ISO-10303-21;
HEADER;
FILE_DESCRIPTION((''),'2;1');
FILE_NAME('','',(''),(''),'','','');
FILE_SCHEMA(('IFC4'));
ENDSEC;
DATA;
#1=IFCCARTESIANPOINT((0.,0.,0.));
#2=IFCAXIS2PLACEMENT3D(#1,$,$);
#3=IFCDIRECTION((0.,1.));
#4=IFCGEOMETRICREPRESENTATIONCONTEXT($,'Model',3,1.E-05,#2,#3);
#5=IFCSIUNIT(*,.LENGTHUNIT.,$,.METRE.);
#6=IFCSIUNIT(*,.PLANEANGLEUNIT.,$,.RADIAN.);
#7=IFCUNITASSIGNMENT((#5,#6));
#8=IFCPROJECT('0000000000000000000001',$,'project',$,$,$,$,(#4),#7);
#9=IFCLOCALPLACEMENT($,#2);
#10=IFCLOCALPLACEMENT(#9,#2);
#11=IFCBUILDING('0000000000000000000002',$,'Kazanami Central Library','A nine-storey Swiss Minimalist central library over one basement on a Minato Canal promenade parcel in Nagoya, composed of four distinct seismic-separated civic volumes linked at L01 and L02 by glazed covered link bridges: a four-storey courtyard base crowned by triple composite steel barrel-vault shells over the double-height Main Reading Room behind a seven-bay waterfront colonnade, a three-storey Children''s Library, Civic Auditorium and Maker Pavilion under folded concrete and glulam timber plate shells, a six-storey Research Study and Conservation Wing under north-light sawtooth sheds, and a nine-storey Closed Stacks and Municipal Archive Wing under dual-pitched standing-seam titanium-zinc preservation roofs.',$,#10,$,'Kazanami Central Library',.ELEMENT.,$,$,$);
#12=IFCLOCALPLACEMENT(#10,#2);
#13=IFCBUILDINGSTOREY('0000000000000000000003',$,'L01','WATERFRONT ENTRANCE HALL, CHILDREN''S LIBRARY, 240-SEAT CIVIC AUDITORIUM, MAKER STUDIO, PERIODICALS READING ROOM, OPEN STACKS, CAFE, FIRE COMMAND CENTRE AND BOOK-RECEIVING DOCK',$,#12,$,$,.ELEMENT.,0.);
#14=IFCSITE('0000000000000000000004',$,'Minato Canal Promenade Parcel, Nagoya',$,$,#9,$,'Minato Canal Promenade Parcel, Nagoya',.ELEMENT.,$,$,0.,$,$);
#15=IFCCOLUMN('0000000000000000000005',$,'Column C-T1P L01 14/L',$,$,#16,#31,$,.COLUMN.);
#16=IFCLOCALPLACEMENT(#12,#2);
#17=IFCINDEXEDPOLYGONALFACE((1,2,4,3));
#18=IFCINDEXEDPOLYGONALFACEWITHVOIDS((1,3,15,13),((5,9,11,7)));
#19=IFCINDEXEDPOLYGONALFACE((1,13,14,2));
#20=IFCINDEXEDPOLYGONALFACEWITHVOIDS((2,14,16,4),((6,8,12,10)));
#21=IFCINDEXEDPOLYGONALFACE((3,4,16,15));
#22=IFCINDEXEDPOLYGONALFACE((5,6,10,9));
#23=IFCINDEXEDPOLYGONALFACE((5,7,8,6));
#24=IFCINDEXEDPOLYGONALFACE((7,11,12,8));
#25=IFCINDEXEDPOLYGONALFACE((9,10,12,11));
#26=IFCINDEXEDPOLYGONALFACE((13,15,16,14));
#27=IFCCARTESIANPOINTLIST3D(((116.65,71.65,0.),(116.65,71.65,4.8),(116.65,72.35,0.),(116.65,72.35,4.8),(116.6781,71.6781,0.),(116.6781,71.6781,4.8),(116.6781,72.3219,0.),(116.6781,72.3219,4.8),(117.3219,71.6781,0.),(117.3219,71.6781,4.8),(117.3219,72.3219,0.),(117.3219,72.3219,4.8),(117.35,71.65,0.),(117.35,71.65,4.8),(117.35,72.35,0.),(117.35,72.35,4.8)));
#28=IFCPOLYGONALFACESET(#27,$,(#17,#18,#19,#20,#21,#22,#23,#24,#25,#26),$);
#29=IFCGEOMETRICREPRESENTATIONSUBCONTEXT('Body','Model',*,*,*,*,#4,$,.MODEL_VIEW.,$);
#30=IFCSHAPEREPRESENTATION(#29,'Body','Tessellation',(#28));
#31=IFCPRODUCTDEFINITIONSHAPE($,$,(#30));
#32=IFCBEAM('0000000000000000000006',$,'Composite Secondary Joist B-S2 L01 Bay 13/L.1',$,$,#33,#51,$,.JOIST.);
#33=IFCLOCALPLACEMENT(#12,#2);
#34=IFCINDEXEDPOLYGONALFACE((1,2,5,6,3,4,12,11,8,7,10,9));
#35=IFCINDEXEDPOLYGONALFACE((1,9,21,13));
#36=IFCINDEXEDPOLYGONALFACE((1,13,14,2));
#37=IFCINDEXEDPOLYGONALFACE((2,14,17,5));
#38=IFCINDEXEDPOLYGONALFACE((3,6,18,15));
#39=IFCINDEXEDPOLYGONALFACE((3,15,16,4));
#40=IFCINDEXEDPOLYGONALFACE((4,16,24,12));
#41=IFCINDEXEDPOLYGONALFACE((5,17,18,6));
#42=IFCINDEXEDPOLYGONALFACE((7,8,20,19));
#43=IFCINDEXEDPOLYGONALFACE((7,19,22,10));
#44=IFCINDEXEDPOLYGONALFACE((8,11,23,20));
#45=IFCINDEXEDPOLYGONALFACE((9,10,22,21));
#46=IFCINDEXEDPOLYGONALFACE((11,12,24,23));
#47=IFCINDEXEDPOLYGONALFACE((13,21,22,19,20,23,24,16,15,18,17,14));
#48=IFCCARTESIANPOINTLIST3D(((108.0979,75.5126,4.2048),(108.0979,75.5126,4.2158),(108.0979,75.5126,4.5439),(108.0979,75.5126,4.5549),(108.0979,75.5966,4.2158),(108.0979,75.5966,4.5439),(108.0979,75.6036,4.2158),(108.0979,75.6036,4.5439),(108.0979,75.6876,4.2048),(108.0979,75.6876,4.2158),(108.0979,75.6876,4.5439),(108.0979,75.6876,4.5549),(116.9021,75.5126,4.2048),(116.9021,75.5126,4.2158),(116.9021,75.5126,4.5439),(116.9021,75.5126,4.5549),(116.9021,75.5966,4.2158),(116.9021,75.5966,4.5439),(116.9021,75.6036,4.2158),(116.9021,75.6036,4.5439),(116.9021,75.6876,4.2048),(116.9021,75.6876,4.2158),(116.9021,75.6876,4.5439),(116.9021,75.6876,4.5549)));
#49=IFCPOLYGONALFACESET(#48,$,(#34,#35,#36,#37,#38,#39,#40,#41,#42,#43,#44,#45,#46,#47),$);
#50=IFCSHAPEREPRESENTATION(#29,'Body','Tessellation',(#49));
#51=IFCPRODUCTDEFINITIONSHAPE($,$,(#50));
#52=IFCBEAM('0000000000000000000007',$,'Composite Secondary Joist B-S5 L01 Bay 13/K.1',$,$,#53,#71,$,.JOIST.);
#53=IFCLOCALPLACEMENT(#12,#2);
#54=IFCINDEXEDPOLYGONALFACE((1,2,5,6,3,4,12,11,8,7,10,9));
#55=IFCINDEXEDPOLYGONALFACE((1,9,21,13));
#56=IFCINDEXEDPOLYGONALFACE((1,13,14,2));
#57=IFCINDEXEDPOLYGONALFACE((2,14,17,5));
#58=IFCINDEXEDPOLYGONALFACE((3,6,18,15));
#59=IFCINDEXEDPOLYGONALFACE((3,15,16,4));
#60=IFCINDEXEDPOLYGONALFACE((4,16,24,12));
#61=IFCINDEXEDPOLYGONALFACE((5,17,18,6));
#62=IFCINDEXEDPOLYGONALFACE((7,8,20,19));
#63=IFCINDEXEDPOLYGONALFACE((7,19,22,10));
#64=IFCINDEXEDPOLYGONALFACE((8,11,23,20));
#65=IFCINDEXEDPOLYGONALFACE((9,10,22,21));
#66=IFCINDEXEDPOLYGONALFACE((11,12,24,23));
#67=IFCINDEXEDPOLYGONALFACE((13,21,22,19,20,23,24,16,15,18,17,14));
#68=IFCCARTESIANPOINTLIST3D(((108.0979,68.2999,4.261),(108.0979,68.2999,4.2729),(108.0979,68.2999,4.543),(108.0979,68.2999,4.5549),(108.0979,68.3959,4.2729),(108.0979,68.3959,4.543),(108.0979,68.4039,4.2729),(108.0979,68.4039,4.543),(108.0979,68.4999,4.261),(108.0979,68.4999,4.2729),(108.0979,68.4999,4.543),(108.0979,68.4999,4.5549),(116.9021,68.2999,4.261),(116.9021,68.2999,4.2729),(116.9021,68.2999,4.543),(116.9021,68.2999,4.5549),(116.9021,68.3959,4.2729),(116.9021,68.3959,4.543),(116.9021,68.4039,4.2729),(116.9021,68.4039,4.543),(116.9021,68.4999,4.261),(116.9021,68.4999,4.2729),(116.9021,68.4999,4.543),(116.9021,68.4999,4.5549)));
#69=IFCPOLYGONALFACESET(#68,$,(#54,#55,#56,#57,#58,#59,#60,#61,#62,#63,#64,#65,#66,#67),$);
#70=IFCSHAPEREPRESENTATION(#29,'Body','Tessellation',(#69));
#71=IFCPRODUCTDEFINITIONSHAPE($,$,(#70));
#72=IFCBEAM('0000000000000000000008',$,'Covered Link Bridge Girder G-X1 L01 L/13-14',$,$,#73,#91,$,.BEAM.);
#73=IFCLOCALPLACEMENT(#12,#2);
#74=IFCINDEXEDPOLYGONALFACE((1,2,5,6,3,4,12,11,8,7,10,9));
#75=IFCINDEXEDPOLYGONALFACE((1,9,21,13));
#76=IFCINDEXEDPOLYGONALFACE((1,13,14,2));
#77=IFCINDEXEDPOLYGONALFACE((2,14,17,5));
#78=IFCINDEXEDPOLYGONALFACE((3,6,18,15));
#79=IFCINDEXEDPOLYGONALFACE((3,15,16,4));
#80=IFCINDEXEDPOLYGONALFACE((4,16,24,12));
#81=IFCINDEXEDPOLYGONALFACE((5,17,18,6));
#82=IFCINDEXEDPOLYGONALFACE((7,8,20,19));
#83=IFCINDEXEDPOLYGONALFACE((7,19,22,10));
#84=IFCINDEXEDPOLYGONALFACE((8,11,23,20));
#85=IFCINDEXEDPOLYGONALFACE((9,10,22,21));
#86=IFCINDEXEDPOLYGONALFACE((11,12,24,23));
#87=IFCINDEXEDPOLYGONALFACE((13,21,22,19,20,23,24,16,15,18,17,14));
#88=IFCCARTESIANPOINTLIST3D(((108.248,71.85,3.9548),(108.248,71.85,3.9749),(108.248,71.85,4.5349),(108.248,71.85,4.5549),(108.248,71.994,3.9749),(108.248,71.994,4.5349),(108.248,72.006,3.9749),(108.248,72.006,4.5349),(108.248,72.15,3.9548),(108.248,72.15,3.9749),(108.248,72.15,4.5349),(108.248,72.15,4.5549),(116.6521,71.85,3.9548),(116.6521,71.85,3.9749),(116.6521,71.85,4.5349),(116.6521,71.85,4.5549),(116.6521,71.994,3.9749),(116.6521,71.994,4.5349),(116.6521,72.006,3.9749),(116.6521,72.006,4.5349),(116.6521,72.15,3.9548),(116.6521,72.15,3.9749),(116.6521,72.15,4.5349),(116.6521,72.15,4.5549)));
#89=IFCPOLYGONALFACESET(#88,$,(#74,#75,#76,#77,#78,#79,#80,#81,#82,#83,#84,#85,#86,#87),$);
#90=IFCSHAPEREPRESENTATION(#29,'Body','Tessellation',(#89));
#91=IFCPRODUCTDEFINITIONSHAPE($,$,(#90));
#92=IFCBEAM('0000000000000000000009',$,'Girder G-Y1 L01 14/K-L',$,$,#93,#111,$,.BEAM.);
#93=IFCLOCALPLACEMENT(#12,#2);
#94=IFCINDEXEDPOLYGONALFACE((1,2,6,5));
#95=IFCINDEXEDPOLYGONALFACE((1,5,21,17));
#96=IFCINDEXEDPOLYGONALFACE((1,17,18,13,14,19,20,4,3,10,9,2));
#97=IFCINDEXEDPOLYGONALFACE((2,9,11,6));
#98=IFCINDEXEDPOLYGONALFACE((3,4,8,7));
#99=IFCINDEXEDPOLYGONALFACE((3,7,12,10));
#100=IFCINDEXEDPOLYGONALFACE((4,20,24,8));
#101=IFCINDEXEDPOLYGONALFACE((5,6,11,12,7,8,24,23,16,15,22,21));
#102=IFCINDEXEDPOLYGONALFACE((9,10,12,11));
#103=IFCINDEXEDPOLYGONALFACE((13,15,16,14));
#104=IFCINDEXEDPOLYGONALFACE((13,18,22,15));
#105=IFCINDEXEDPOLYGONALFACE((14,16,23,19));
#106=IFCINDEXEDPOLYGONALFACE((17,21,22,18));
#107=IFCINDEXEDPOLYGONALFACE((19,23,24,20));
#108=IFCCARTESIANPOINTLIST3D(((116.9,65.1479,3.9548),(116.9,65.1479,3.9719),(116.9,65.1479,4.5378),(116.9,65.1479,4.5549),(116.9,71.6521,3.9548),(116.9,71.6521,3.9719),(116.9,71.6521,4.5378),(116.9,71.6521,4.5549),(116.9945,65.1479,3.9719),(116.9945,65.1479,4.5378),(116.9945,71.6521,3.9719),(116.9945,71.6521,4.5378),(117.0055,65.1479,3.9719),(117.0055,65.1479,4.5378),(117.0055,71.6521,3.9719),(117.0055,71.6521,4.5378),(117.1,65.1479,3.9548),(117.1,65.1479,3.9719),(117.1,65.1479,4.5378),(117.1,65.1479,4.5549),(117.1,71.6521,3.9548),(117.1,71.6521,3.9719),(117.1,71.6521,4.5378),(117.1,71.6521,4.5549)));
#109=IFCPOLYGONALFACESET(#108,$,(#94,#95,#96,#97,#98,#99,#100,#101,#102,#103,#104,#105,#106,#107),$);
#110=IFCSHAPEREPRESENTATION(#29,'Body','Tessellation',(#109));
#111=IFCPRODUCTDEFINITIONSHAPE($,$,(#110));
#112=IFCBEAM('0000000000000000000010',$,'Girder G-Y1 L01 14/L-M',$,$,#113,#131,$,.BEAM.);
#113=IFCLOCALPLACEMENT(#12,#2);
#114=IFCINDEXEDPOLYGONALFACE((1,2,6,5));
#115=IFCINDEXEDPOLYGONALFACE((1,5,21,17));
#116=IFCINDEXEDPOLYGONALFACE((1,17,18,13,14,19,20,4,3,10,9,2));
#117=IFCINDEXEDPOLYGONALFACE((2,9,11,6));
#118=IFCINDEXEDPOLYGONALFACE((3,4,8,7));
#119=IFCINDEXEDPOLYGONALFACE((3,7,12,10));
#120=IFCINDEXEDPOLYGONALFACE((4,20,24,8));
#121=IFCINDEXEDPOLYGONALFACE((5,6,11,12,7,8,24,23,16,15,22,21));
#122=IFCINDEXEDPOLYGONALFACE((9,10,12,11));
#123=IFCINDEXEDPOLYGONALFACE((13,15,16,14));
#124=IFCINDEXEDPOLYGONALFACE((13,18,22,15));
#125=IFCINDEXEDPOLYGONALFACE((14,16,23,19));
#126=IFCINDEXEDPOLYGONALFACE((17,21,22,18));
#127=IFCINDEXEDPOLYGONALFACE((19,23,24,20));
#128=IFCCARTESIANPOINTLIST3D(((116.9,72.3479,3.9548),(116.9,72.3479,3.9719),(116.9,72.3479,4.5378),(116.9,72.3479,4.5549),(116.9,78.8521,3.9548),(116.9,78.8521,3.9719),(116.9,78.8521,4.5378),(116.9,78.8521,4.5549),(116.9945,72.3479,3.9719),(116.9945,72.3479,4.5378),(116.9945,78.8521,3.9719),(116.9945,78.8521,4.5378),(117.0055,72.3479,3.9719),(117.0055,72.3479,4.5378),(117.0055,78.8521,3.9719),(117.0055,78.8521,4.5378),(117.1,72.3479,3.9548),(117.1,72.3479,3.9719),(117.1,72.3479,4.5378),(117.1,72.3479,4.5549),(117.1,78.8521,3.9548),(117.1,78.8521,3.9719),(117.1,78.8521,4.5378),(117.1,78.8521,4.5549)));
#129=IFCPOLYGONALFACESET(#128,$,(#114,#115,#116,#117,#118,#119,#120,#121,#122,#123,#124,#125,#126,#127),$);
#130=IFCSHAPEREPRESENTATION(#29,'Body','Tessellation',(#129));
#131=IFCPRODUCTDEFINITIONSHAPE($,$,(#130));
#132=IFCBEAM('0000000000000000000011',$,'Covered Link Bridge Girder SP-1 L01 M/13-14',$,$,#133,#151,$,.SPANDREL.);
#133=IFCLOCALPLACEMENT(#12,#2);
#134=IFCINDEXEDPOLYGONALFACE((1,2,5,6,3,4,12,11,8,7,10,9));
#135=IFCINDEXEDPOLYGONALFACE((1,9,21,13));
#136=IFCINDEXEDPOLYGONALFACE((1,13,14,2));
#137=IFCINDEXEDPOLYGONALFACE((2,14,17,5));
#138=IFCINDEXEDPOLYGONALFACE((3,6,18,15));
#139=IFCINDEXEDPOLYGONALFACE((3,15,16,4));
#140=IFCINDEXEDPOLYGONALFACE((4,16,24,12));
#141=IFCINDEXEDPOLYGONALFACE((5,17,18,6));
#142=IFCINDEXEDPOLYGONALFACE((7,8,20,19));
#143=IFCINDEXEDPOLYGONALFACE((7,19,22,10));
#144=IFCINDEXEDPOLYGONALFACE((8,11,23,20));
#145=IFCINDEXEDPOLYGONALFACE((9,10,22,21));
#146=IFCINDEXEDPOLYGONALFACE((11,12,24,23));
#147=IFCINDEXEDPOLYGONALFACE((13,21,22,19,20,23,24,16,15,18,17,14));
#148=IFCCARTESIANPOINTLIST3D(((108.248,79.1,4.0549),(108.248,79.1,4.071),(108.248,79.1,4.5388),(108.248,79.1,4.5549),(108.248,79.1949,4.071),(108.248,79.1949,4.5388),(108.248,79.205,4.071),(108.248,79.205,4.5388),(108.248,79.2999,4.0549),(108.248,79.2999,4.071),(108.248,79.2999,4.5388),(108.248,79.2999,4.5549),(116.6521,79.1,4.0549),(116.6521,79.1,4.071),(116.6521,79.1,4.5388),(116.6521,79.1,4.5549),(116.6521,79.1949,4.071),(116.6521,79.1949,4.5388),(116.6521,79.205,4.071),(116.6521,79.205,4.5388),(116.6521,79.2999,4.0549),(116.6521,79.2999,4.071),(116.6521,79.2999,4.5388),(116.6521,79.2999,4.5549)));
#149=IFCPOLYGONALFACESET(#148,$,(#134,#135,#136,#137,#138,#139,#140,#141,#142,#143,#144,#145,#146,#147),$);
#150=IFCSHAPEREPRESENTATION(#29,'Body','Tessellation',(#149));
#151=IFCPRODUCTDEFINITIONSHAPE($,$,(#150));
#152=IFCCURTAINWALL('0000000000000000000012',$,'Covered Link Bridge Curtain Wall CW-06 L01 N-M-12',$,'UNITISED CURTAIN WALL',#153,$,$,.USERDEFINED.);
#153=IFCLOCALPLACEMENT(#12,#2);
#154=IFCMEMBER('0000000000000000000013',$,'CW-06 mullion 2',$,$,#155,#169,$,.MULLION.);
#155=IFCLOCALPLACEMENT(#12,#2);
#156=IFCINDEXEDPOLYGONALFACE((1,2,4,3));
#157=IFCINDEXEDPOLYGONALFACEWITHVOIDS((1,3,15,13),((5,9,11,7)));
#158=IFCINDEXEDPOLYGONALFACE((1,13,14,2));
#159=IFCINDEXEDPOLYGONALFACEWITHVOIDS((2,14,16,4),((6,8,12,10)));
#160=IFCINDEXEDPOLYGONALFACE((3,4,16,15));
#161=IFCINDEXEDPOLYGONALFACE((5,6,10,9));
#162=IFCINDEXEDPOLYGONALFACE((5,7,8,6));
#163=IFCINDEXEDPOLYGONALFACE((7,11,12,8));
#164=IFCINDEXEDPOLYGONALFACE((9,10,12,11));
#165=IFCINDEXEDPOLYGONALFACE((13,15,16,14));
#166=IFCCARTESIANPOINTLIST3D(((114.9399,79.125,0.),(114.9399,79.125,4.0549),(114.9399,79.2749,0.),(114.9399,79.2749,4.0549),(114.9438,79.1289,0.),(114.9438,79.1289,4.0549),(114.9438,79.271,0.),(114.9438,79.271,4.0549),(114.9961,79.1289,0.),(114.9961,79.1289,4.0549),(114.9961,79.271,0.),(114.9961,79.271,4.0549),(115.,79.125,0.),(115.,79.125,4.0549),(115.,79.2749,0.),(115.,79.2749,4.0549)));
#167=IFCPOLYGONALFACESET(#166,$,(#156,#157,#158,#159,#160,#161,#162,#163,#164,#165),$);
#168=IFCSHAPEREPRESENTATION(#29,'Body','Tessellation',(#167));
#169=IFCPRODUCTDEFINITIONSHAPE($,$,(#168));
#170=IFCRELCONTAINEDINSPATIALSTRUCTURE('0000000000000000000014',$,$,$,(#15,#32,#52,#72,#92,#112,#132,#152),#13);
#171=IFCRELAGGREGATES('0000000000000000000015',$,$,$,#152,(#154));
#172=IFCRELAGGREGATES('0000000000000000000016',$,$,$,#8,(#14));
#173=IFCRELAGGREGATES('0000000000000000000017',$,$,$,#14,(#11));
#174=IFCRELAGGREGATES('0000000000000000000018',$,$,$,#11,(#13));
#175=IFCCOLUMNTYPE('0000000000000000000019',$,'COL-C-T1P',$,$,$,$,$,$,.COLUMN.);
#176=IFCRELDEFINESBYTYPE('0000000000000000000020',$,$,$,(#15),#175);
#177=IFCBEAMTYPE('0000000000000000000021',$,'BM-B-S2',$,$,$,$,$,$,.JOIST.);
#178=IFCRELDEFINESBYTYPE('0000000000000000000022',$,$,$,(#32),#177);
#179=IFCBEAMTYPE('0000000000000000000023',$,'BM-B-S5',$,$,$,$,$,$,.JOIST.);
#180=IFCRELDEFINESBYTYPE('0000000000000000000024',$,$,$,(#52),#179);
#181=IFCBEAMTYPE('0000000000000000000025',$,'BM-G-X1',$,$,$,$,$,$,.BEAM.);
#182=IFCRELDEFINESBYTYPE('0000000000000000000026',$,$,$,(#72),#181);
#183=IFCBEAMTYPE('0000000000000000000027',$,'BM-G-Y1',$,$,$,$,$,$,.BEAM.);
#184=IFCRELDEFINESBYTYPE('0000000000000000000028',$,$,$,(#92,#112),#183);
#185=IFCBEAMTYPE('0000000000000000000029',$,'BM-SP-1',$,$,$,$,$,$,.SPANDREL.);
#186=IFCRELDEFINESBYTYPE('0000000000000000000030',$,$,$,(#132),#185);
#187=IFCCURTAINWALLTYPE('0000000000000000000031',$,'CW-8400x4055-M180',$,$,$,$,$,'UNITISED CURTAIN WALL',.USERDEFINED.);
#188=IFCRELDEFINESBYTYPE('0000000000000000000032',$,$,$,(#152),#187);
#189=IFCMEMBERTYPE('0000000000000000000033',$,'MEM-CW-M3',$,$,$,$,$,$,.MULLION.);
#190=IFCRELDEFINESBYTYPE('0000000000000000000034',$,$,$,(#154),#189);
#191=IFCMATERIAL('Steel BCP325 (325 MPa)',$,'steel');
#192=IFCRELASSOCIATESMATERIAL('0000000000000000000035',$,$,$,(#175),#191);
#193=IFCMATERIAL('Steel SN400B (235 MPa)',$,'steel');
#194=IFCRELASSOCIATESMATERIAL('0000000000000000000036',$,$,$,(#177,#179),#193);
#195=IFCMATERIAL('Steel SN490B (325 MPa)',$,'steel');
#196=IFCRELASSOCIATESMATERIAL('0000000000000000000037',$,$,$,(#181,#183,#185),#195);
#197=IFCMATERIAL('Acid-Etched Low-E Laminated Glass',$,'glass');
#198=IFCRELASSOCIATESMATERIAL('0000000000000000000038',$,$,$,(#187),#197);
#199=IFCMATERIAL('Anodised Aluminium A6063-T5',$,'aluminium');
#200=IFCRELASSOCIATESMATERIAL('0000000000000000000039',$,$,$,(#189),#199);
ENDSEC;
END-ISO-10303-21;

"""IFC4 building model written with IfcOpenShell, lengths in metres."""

from ifc_helpers import new_model, si_unit, direction, frame, origin, origin_2d, place, context, subcontext, project, spatial, hollow_rectangle, i_section, extrude, material, material_profile, profile_set, type_object, element, aggregate, save


model = new_model("IFC4")

# Units and contexts
model_context = context("Model", 3, precision=1e-05, world=origin(), true_north=direction((0.0, 1.0)))
body_context = subcontext(model_context, "Body", "Model", "MODEL_VIEW")
ifc_project = project(units=[si_unit("LENGTHUNIT", "METRE"), si_unit("PLANEANGLEUNIT", "RADIAN")], contexts=[model_context])

# Site, building, storey
site_placement = place(None, origin())
site = spatial("IfcSite", under=ifc_project, at=site_placement, Name="Minato Canal Promenade Parcel, Nagoya", LongName="Minato Canal Promenade Parcel, Nagoya", CompositionType="ELEMENT", RefElevation=0.0)
building_placement = place(site_placement, origin())
building = spatial("IfcBuilding", under=site, at=building_placement, Name="Kazanami Central Library", Description="A nine-storey Swiss Minimalist central library over one basement on a Minato Canal promenade parcel in Nagoya, composed of four distinct seismic-separated civic volumes linked at L01 and L02 by glazed covered link bridges: a four-storey courtyard base crowned by triple composite steel barrel-vault shells over the double-height Main Reading Room behind a seven-bay waterfront colonnade, a three-storey Children's Library, Civic Auditorium and Maker Pavilion under folded concrete and glulam timber plate shells, a six-storey Research Study and Conservation Wing under north-light sawtooth sheds, and a nine-storey Closed Stacks and Municipal Archive Wing under dual-pitched standing-seam titanium-zinc preservation roofs.", LongName="Kazanami Central Library", CompositionType="ELEMENT")
storey_placement = place(building_placement, origin())
storey = spatial("IfcBuildingStorey", under=building, at=storey_placement, Name="L01", Description="WATERFRONT ENTRANCE HALL, CHILDREN'S LIBRARY, 240-SEAT CIVIC AUDITORIUM, MAKER STUDIO, PERIODICALS READING ROOM, OPEN STACKS, CAFE, FIRE COMMAND CENTRE AND BOOK-RECEIVING DOCK", CompositionType="ELEMENT", Elevation=0.0)

# Column
ifc_material_1 = material(Name="Steel BCP325 (325 MPa)", Category="steel")
ifc_material_profile_1 = material_profile(ifc_material_1, hollow_rectangle(XDim=0.7, YDim=0.7, WallThickness=0.0281, at=origin_2d()), Name="BCP-700x700x28")
ifc_profile_set_1 = profile_set([ifc_material_profile_1], Name="Steel BCP325 (325 MPa)")
column_type = type_object("IfcColumnType", Name="COL-C-T1P", PredefinedType="COLUMN", material=ifc_profile_set_1)
column_placement = place(storey_placement, frame((117.0, 72.0, 0.0), z_axis=(0.0, 0.0, 1.0), x_axis=(1.0, 0.0, 0.0)))
element("IfcColumn", 1, at=column_placement, inside=storey, type_object=column_type, Name="Column C-T1P L01 14/L", PredefinedType="COLUMN", context=body_context, shape_type="SweptSolid", body=[
    extrude(hollow_rectangle(XDim=0.7, YDim=0.7, WallThickness=0.0281, at=origin_2d()), origin(), (0.0, 0.0, 1.0), 4.8),
])

# Beams
ifc_material_2 = material(Name="Steel SN400B (235 MPa)", Category="steel")
ifc_material_profile_2 = material_profile(ifc_material_2, i_section(OverallWidth=0.175, OverallDepth=0.3501, WebThickness=0.0071, FlangeThickness=0.011, at=origin_2d()), Name="H-350x175x7x11")
ifc_profile_set_2 = profile_set([ifc_material_profile_2], Name="Steel SN400B (235 MPa)")
beam_type_1 = type_object("IfcBeamType", Name="BM-B-S2", PredefinedType="JOIST", material=ifc_profile_set_2)
beam_1_placement = place(storey_placement, frame((108.0979, 75.6001, 4.3799), z_axis=(1.0, 0.0, 0.0), x_axis=(0.0, 1.0, 0.0)))
element("IfcBeam", 2, at=beam_1_placement, inside=storey, type_object=beam_type_1, Name="Composite Secondary Joist B-S2 L01 Bay 13/L.1", PredefinedType="JOIST", context=body_context, shape_type="SweptSolid", body=[
    extrude(i_section(OverallWidth=0.175, OverallDepth=0.3501, WebThickness=0.0071, FlangeThickness=0.011, at=origin_2d()), origin(), (0.0, 0.0, 1.0), 8.8042),
])
ifc_material_profile_3 = material_profile(ifc_material_2, i_section(OverallWidth=0.2, OverallDepth=0.2939, WebThickness=0.0081, FlangeThickness=0.012, at=origin_2d()), Name="H-294x200x8x12")
ifc_profile_set_3 = profile_set([ifc_material_profile_3], Name="Steel SN400B (235 MPa)")
beam_type_2 = type_object("IfcBeamType", Name="BM-B-S5", PredefinedType="JOIST", material=ifc_profile_set_3)
beam_2_placement = place(storey_placement, frame((108.0979, 68.3999, 4.408), z_axis=(1.0, 0.0, 0.0), x_axis=(0.0, 1.0, 0.0)))
element("IfcBeam", 3, at=beam_2_placement, inside=storey, type_object=beam_type_2, Name="Composite Secondary Joist B-S5 L01 Bay 13/K.1", PredefinedType="JOIST", context=body_context, shape_type="SweptSolid", body=[
    extrude(i_section(OverallWidth=0.2, OverallDepth=0.2939, WebThickness=0.0081, FlangeThickness=0.012, at=origin_2d()), origin(), (0.0, 0.0, 1.0), 8.8042),
])
ifc_material_3 = material(Name="Steel SN490B (325 MPa)", Category="steel")
ifc_material_profile_4 = material_profile(ifc_material_3, i_section(OverallWidth=0.3, OverallDepth=0.6001, WebThickness=0.012, FlangeThickness=0.02, at=origin_2d()), Name="H-600x300x12x20")
ifc_profile_set_4 = profile_set([ifc_material_profile_4], Name="Steel SN490B (325 MPa)")
beam_type_3 = type_object("IfcBeamType", Name="BM-G-X1", PredefinedType="BEAM", material=ifc_profile_set_4)
beam_3_placement = place(storey_placement, frame((108.248, 72.0, 4.2549), z_axis=(1.0, 0.0, 0.0), x_axis=(0.0, 1.0, 0.0)))
element("IfcBeam", 4, at=beam_3_placement, inside=storey, type_object=beam_type_3, Name="Covered Link Bridge Girder G-X1 L01 L/13-14", PredefinedType="BEAM", context=body_context, shape_type="SweptSolid", body=[
    extrude(i_section(OverallWidth=0.3, OverallDepth=0.6001, WebThickness=0.012, FlangeThickness=0.02, at=origin_2d()), origin(), (0.0, 0.0, 1.0), 8.4041),
])
ifc_material_profile_5 = material_profile(ifc_material_3, i_section(OverallWidth=0.2, OverallDepth=0.6001, WebThickness=0.011, FlangeThickness=0.0171, at=origin_2d()), Name="H-600x200x11x17")
ifc_profile_set_5 = profile_set([ifc_material_profile_5], Name="Steel SN490B (325 MPa)")
beam_type_4 = type_object("IfcBeamType", Name="BM-G-Y1", PredefinedType="BEAM", material=ifc_profile_set_5)
for number, where, z_axis, x_axis, name in (
    (5, (117.0, 65.1479, 4.2549), (0.0, 1.0, 0.0), (-1.0, 0.0, 0.0), "Girder G-Y1 L01 14/K-L"),
    (6, (117.0, 72.3479, 4.2549), (0.0, 1.0, 0.0), (-1.0, 0.0, 0.0), "Girder G-Y1 L01 14/L-M"),
):
    element("IfcBeam", number, at=place(storey_placement, frame(where, z_axis=z_axis, x_axis=x_axis)), inside=storey, type_object=beam_type_4, Name=name, PredefinedType="BEAM", context=body_context, shape_type="SweptSolid", body=[
        extrude(i_section(OverallWidth=0.2, OverallDepth=0.6001, WebThickness=0.011, FlangeThickness=0.0171, at=origin_2d()), origin(), (0.0, 0.0, 1.0), 6.5042),
    ])
ifc_material_profile_6 = material_profile(ifc_material_3, i_section(OverallWidth=0.2, OverallDepth=0.5, WebThickness=0.01, FlangeThickness=0.0161, at=origin_2d()), Name="H-500x200x10x16")
ifc_profile_set_6 = profile_set([ifc_material_profile_6], Name="Steel SN490B (325 MPa)")
beam_type_5 = type_object("IfcBeamType", Name="BM-SP-1", PredefinedType="SPANDREL", material=ifc_profile_set_6)
beam_4_placement = place(storey_placement, frame((108.248, 79.2, 4.3049), z_axis=(1.0, 0.0, 0.0), x_axis=(0.0, 1.0, 0.0)))
element("IfcBeam", 7, at=beam_4_placement, inside=storey, type_object=beam_type_5, Name="Covered Link Bridge Girder SP-1 L01 M/13-14", PredefinedType="SPANDREL", context=body_context, shape_type="SweptSolid", body=[
    extrude(i_section(OverallWidth=0.2, OverallDepth=0.5, WebThickness=0.01, FlangeThickness=0.0161, at=origin_2d()), origin(), (0.0, 0.0, 1.0), 8.4041),
])

# Curtain wall, member
ifc_material_4 = material(Name="Acid-Etched Low-E Laminated Glass", Category="glass")
curtain_wall_type = type_object("IfcCurtainWallType", Name="CW-8400x4055-M180", ElementType="UNITISED CURTAIN WALL", PredefinedType="USERDEFINED", material=ifc_material_4)
curtain_wall_placement = place(storey_placement, origin())
curtain_wall = element("IfcCurtainWall", 8, at=curtain_wall_placement, inside=storey, type_object=curtain_wall_type, Name="Covered Link Bridge Curtain Wall CW-06 L01 N-M-12", ObjectType="UNITISED CURTAIN WALL", PredefinedType="USERDEFINED")
ifc_material_5 = material(Name="Anodised Aluminium A6063-T5", Category="aluminium")
ifc_material_profile_7 = material_profile(ifc_material_5, hollow_rectangle(XDim=0.0601, YDim=0.1499, WallThickness=0.0039, at=origin_2d()), Name="ALU-MULL-60x150x4")
ifc_profile_set_7 = profile_set([ifc_material_profile_7], Name="Anodised Aluminium A6063-T5")
member_type_1 = type_object("IfcMemberType", Name="MEM-CW-M3", PredefinedType="MULLION", material=ifc_profile_set_7)
member_1_placement = place(storey_placement, frame((114.97, 79.2, 0.0), z_axis=(0.0, 0.0, 1.0), x_axis=(-1.0, 0.0, 0.0)))
member_1 = element("IfcMember", 9, at=member_1_placement, type_object=member_type_1, Name="CW-06 mullion 2", PredefinedType="MULLION", context=body_context, shape_type="SweptSolid", body=[
    extrude(hollow_rectangle(XDim=0.0601, YDim=0.1499, WallThickness=0.0039, at=origin_2d()), origin(), (0.0, 0.0, 1.0), 4.0549),
])
aggregate(curtain_wall, [member_1])

save(model, "model.ifc")
